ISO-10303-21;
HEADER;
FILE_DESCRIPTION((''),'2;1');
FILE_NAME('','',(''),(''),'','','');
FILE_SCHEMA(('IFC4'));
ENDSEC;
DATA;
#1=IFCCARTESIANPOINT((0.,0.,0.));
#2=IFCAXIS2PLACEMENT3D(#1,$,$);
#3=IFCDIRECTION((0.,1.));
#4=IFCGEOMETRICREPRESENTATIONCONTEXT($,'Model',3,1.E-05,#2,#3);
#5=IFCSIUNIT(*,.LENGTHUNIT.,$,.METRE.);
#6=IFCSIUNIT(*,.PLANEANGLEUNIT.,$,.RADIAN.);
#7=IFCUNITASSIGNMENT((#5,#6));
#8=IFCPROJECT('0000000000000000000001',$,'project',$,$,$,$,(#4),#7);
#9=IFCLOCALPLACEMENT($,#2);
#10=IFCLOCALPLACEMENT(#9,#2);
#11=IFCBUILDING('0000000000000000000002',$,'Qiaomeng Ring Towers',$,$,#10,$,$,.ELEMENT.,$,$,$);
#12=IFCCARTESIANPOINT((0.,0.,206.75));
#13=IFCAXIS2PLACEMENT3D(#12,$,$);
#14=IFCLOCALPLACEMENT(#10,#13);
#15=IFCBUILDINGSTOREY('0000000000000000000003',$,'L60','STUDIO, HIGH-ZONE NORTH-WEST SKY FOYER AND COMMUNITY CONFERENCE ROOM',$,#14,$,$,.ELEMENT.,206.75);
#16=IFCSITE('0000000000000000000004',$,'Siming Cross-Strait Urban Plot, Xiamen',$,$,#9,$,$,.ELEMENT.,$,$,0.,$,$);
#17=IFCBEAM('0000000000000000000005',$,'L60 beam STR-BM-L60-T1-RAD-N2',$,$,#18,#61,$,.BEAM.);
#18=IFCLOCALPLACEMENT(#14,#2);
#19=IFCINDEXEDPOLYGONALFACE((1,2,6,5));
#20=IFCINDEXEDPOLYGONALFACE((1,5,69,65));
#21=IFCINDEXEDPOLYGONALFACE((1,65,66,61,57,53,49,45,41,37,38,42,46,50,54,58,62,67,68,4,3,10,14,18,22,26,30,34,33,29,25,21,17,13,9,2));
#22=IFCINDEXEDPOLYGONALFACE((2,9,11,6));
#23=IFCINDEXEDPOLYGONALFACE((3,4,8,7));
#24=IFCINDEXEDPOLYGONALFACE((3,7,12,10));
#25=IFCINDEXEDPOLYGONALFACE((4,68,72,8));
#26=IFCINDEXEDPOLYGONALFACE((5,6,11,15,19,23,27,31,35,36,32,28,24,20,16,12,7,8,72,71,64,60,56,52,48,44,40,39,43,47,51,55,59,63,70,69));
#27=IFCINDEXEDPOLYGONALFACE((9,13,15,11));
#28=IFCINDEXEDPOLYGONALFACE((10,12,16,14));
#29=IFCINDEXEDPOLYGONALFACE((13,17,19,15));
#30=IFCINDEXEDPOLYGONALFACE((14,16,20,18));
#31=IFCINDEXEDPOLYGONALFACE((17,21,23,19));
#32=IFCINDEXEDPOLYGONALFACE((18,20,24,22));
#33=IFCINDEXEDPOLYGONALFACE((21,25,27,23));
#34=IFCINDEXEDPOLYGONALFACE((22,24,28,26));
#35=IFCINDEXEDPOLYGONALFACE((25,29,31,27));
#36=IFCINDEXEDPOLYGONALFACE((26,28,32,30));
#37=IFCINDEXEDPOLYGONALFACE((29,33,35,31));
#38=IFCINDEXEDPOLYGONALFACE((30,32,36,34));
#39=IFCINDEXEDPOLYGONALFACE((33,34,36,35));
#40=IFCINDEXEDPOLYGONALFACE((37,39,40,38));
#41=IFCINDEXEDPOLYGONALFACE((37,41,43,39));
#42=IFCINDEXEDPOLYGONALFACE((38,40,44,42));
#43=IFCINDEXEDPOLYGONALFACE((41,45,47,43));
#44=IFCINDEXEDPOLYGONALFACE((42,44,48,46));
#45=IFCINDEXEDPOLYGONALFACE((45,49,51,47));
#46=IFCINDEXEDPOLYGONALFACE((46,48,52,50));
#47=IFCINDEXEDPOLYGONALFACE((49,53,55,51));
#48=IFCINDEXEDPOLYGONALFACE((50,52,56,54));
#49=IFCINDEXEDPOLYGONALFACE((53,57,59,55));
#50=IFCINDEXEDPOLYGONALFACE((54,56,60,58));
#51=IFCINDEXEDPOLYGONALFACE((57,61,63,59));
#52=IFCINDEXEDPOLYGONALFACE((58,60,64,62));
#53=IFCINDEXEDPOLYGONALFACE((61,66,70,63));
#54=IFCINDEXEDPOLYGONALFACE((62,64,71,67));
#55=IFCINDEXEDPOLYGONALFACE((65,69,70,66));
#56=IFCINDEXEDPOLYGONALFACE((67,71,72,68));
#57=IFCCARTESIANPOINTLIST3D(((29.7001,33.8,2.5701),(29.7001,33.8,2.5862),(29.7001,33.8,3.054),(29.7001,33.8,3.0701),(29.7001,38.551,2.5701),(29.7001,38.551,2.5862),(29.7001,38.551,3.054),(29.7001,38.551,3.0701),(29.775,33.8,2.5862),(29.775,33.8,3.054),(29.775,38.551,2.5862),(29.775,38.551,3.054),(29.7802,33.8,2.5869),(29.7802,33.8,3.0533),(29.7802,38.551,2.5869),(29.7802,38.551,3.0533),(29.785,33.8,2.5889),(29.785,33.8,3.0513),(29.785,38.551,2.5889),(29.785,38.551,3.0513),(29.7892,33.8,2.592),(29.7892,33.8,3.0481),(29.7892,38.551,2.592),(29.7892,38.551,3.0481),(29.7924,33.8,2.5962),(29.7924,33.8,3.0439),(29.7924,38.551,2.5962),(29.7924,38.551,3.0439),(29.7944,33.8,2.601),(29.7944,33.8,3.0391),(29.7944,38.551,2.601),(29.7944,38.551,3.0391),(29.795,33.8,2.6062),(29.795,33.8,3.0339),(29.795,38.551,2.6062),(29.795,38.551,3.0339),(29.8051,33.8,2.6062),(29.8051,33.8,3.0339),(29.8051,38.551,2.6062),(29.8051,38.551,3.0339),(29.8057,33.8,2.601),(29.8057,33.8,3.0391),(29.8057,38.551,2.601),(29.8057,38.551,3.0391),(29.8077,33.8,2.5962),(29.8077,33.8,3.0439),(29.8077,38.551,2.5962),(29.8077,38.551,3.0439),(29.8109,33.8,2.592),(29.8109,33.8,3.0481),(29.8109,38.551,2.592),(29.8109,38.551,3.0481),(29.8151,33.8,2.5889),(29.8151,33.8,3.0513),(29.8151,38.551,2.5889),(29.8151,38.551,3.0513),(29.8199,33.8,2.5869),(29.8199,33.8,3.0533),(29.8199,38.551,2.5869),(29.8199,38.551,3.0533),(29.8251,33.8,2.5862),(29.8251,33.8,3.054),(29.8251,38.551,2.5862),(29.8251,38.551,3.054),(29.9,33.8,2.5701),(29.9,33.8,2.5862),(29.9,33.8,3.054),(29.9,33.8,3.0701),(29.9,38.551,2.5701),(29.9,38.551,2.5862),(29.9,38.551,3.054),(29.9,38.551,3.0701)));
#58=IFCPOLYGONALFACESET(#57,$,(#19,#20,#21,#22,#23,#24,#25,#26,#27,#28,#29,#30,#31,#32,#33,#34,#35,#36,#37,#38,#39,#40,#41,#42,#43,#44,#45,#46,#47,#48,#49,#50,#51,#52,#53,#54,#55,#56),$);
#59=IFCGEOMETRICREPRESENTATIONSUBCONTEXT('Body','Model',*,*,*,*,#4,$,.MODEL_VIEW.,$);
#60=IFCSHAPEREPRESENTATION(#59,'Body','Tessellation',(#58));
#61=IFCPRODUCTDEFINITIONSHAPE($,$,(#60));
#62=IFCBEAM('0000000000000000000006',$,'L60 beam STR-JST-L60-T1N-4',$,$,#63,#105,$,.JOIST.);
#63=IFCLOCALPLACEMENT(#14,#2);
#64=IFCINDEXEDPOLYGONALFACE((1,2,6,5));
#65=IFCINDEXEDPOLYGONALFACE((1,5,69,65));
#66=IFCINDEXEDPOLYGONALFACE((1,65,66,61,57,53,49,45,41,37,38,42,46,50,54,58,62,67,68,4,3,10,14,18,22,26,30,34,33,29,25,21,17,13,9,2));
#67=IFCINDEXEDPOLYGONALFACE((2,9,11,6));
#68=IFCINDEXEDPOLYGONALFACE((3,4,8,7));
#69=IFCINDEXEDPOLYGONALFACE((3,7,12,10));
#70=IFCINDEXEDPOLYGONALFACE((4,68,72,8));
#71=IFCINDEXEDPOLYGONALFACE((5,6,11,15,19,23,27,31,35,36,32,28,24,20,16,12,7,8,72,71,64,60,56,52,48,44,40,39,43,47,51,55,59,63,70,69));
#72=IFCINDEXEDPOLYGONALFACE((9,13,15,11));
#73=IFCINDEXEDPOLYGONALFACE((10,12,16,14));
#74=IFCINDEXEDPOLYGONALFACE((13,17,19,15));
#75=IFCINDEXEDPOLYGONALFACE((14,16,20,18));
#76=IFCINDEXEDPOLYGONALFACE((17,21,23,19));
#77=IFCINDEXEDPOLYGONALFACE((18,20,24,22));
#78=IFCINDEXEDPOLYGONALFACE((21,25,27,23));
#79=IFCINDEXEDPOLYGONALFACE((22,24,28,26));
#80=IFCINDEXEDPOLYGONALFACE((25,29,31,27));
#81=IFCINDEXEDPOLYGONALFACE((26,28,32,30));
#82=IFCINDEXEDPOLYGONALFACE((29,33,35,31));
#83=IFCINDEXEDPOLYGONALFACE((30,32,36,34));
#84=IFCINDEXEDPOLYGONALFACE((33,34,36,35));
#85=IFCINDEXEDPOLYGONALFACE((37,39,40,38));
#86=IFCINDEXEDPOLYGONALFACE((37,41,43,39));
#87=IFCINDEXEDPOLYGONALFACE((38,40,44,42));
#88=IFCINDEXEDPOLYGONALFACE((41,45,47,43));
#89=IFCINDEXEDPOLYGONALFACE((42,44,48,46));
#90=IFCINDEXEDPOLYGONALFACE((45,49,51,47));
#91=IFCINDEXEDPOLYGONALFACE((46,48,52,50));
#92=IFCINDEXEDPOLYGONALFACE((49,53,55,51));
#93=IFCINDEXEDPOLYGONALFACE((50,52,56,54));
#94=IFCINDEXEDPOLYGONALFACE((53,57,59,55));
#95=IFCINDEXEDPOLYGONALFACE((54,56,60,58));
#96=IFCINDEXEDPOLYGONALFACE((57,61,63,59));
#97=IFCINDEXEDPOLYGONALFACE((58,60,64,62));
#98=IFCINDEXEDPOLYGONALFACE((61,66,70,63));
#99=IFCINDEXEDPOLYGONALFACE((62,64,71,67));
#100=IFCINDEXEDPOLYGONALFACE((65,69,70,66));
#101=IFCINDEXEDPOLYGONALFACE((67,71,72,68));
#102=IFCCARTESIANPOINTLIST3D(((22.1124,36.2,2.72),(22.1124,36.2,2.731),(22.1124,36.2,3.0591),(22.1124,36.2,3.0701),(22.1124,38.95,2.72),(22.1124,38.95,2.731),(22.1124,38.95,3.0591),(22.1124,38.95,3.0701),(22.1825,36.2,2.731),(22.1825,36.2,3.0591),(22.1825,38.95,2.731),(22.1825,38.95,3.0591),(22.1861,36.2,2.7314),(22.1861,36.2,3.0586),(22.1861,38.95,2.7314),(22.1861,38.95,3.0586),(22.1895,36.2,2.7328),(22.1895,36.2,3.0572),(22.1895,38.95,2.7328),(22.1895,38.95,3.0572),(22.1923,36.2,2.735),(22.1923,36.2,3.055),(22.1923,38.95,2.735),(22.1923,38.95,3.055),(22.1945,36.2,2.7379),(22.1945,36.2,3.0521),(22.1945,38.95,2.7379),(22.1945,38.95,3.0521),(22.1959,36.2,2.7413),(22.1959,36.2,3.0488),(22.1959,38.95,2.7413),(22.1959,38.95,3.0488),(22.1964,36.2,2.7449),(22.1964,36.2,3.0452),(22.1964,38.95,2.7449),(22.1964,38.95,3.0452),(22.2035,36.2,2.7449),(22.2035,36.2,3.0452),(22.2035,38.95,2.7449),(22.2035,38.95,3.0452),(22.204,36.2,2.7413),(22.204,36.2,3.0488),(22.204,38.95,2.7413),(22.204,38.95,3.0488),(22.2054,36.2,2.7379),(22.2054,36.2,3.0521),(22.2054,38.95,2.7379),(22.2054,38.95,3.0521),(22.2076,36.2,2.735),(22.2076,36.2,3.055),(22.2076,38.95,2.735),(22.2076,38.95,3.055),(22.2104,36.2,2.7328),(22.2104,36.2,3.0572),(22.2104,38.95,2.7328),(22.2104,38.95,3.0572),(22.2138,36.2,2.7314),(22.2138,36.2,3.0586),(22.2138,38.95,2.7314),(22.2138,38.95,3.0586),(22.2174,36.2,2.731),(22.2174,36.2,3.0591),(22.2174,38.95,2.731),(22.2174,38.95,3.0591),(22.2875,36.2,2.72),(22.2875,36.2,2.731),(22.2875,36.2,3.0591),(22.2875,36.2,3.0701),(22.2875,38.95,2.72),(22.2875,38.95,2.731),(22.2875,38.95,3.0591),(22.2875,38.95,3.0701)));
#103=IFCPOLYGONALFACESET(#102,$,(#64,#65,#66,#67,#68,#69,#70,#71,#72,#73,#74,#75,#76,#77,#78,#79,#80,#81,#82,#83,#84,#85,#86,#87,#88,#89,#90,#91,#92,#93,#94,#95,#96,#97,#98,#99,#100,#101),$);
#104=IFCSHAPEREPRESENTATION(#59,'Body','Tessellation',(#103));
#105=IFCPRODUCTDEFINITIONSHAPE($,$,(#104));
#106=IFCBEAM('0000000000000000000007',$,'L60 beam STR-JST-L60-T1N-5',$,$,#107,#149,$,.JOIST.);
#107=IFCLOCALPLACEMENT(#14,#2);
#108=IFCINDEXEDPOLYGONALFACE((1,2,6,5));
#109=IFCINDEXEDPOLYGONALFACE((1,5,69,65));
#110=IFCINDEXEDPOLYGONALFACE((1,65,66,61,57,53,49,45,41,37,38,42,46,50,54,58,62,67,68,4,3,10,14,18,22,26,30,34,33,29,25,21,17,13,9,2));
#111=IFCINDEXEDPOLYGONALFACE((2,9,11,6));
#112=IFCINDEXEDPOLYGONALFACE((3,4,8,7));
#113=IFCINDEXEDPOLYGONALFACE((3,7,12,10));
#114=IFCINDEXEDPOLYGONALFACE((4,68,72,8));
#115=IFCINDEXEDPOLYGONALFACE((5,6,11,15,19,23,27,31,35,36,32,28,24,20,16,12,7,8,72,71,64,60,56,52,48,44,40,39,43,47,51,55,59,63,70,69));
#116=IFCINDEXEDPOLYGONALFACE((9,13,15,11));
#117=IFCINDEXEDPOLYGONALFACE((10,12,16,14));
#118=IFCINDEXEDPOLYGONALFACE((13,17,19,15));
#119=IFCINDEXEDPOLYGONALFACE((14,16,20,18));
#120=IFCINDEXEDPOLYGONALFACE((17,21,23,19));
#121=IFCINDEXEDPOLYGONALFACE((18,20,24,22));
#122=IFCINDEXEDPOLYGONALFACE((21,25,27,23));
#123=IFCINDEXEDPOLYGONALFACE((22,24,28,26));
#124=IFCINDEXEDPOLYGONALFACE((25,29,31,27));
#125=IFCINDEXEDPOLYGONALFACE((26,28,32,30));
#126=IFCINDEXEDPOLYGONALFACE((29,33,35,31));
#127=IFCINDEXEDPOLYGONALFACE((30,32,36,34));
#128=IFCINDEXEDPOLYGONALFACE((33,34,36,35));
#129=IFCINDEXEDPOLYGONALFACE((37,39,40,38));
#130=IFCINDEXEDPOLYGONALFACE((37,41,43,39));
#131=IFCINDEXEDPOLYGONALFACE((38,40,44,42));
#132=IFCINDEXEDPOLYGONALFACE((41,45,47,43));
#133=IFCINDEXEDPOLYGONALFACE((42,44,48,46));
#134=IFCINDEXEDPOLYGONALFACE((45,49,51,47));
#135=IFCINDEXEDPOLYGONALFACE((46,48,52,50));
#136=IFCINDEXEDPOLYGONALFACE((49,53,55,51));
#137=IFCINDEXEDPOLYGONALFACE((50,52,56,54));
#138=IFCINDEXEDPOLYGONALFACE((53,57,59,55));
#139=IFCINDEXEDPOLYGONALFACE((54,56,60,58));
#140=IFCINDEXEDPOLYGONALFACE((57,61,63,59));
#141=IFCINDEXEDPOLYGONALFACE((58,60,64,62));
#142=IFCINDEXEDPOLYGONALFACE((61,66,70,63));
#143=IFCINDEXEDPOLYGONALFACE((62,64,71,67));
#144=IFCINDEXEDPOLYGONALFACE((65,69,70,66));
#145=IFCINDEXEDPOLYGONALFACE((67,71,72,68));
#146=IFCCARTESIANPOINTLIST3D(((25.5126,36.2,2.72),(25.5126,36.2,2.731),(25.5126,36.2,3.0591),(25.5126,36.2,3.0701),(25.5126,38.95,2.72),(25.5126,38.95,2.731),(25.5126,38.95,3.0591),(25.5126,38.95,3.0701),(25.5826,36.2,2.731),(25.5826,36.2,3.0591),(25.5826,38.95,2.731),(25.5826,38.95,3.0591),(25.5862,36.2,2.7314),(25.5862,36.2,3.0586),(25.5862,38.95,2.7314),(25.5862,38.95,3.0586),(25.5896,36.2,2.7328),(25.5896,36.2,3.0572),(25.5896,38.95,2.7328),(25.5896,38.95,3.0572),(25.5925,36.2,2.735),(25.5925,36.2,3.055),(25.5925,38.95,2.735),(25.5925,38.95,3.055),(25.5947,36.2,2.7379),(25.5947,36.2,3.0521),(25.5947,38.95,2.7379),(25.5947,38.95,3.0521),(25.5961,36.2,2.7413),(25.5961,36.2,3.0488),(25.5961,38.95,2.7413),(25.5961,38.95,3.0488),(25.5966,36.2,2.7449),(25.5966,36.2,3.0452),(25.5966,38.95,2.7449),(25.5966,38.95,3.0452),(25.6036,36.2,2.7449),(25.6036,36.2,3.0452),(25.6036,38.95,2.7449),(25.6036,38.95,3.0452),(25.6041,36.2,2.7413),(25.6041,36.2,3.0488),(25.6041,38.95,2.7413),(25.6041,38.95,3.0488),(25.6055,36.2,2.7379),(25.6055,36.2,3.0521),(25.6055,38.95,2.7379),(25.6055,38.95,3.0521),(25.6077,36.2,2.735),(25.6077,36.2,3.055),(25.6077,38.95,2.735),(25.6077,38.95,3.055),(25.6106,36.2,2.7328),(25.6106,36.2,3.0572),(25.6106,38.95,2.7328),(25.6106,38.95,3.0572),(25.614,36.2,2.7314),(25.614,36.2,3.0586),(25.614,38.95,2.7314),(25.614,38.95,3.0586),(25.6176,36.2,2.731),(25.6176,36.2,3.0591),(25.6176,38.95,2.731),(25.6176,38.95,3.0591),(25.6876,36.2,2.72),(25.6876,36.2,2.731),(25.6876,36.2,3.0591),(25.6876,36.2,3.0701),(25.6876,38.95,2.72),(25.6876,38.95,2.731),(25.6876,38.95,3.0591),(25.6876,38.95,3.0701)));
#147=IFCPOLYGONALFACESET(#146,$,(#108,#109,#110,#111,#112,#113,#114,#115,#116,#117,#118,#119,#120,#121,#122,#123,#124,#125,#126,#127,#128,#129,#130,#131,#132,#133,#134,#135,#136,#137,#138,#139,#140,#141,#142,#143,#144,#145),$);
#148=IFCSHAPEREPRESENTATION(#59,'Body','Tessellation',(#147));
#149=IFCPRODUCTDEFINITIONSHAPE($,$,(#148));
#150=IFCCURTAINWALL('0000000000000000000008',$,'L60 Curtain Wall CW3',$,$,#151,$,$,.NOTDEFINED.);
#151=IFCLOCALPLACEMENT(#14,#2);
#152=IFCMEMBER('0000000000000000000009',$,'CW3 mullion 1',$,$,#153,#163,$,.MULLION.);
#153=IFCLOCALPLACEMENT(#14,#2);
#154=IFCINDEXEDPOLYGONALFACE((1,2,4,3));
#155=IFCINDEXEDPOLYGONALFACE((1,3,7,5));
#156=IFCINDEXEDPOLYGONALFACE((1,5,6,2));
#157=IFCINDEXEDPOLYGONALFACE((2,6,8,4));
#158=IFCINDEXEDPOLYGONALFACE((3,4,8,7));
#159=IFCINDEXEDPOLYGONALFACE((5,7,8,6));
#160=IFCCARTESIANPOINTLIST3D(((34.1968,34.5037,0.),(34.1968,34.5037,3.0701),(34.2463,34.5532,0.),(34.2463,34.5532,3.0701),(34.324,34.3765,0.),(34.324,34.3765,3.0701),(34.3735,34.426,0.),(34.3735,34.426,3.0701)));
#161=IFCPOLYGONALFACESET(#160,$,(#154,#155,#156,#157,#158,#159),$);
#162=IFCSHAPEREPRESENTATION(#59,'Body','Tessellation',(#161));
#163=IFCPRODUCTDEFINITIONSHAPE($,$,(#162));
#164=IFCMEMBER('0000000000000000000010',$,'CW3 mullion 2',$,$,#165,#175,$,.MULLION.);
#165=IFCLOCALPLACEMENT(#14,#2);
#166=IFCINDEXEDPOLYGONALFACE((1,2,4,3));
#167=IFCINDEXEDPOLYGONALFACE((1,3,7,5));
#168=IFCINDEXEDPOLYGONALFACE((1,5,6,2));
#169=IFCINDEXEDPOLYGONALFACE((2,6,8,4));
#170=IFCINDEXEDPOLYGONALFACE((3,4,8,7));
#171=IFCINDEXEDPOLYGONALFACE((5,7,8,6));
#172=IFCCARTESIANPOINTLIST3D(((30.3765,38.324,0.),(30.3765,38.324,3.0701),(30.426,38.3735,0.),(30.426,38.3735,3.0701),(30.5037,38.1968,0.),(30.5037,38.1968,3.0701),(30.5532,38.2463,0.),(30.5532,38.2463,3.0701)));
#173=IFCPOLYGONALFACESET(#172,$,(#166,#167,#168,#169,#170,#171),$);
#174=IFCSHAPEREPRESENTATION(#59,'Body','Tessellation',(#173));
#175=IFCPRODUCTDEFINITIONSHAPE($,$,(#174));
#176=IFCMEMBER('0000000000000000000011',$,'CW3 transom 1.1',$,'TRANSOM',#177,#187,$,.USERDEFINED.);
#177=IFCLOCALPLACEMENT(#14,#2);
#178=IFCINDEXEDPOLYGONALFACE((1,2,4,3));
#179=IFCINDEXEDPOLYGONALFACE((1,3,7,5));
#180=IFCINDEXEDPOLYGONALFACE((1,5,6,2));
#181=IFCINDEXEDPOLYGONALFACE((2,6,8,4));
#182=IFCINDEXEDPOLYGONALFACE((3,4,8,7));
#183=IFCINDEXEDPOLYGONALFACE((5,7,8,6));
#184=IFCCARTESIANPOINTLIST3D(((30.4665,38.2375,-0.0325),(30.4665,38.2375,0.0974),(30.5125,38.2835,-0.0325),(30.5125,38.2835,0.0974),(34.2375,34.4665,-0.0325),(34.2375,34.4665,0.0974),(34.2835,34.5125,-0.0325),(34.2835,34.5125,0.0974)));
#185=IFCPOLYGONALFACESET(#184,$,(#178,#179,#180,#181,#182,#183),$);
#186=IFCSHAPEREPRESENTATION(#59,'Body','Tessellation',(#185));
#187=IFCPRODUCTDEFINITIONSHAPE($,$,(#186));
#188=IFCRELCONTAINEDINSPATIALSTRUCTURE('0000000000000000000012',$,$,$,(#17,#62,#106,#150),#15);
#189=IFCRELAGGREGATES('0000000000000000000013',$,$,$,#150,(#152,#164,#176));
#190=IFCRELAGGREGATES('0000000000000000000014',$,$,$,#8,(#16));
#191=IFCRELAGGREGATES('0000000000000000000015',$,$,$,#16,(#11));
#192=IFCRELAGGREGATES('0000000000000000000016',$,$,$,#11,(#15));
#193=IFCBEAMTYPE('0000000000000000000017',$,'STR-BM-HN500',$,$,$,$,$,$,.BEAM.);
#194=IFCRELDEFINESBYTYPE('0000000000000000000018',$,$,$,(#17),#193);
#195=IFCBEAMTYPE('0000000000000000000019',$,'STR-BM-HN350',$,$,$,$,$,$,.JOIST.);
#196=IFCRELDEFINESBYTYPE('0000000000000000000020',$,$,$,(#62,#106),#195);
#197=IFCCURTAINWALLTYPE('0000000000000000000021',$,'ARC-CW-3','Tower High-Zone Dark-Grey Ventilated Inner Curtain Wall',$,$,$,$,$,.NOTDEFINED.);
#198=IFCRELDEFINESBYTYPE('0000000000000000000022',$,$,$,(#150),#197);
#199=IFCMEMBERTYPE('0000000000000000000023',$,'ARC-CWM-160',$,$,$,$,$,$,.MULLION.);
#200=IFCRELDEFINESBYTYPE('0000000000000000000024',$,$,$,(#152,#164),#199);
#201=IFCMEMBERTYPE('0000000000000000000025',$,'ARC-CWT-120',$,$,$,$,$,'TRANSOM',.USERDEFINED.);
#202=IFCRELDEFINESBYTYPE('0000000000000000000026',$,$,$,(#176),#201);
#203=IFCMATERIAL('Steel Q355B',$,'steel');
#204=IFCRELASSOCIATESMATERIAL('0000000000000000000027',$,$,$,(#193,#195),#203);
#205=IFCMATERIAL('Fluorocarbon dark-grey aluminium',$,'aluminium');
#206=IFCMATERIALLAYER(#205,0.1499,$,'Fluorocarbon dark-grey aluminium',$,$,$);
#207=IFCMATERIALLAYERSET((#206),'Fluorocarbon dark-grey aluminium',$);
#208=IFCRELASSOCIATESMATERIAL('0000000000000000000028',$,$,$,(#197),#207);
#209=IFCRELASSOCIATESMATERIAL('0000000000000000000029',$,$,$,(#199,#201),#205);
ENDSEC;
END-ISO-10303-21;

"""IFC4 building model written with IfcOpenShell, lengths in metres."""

from ifc_helpers import new_model, si_unit, direction, frame, origin, origin_2d, place, context, subcontext, project, spatial, rectangle, i_section, extrude, source, transform, mapped, material, layer, layer_set, material_profile, profile_set, type_object, element, aggregate, save


model = new_model("IFC4")

# Units and contexts
model_context = context("Model", 3, precision=1e-05, world=origin(), true_north=direction((0.0, 1.0)))
body_context = subcontext(model_context, "Body", "Model", "MODEL_VIEW")
ifc_project = project(units=[si_unit("LENGTHUNIT", "METRE"), si_unit("PLANEANGLEUNIT", "RADIAN")], contexts=[model_context])

# Site, building, storey
site_placement = place(None, origin())
site = spatial("IfcSite", under=ifc_project, at=site_placement, Name="Siming Cross-Strait Urban Plot, Xiamen", CompositionType="ELEMENT", RefElevation=0.0)
building_placement = place(site_placement, origin())
building = spatial("IfcBuilding", under=site, at=building_placement, Name="Qiaomeng Ring Towers", CompositionType="ELEMENT")
storey_placement = place(building_placement, frame((0.0, 0.0, 206.75)))
storey = spatial("IfcBuildingStorey", under=building, at=storey_placement, Name="L60", Description="STUDIO, HIGH-ZONE NORTH-WEST SKY FOYER AND COMMUNITY CONFERENCE ROOM", CompositionType="ELEMENT", Elevation=206.75)

# Beams
ifc_material_1 = material(Name="Steel Q355B", Category="steel")
ifc_material_profile_1 = material_profile(ifc_material_1, i_section(OverallWidth=0.2, OverallDepth=0.5, WebThickness=0.01, FlangeThickness=0.0161, FilletRadius=0.02, at=origin_2d()), Name="HN 500x200x10x16")
ifc_profile_set_1 = profile_set([ifc_material_profile_1], Name="Steel Q355B")
beam_type_1 = type_object("IfcBeamType", Name="STR-BM-HN500", PredefinedType="BEAM", material=ifc_profile_set_1)
shared_shape_1 = source(origin(), body_context, "Body", "SweptSolid", [
    extrude(i_section(OverallWidth=0.2, OverallDepth=0.5, WebThickness=0.01, FlangeThickness=0.0161, FilletRadius=0.02, at=origin_2d()), origin(), (0.0, 0.0, 1.0), 4.751),
])
beam_1_placement = place(storey_placement, frame((29.8, 38.551, 2.8201), z_axis=(0.0, -1.0, 0.0), x_axis=(1.0, 0.0, 0.0)))
element("IfcBeam", 1, at=beam_1_placement, inside=storey, type_object=beam_type_1, Name="L60 beam STR-BM-L60-T1-RAD-N2", PredefinedType="BEAM", context=body_context, shape_type="MappedRepresentation", body=[
    mapped(shared_shape_1, transform((0.0, 0.0, 0.0), x_axis=(1.0, 0.0, 0.0), y_axis=(0.0, 1.0, 0.0), z_axis=(0.0, 0.0, 1.0), scale=1.0)),
])
ifc_material_profile_2 = material_profile(ifc_material_1, i_section(OverallWidth=0.175, OverallDepth=0.3501, WebThickness=0.0071, FlangeThickness=0.011, FilletRadius=0.0139, at=origin_2d()), Name="HN 350x175x7x11")
ifc_profile_set_2 = profile_set([ifc_material_profile_2], Name="Steel Q355B")
beam_type_2 = type_object("IfcBeamType", Name="STR-BM-HN350", PredefinedType="JOIST", material=ifc_profile_set_2)
shared_shape_2 = source(origin(), body_context, "Body", "SweptSolid", [
    extrude(i_section(OverallWidth=0.175, OverallDepth=0.3501, WebThickness=0.0071, FlangeThickness=0.011, FilletRadius=0.0139, at=origin_2d()), origin(), (0.0, 0.0, 1.0), 2.75),
])
for number, where, z_axis, x_axis, name in (
    (2, (22.2, 36.2, 2.895), (0.0, 1.0, 0.0), (-1.0, 0.0, 0.0), "L60 beam STR-JST-L60-T1N-4"),
    (3, (25.6001, 36.2, 2.895), (0.0, 1.0, 0.0), (-1.0, 0.0, 0.0), "L60 beam STR-JST-L60-T1N-5"),
):
    element("IfcBeam", number, at=place(storey_placement, frame(where, z_axis=z_axis, x_axis=x_axis)), inside=storey, type_object=beam_type_2, Name=name, PredefinedType="JOIST", context=body_context, shape_type="MappedRepresentation", body=[
        mapped(shared_shape_2, transform((0.0, 0.0, 0.0), x_axis=(1.0, 0.0, 0.0), y_axis=(0.0, 1.0, 0.0), z_axis=(0.0, 0.0, 1.0), scale=1.0)),
    ])

# Curtain wall, members
ifc_material_2 = material(Name="Fluorocarbon dark-grey aluminium", Category="aluminium")
ifc_layer_1 = layer(ifc_material_2, 0.1499, Name="Fluorocarbon dark-grey aluminium")
ifc_layer_set_1 = layer_set([ifc_layer_1], Name="Fluorocarbon dark-grey aluminium")
curtain_wall_type = type_object("IfcCurtainWallType", Name="ARC-CW-3", Description="Tower High-Zone Dark-Grey Ventilated Inner Curtain Wall", PredefinedType="NOTDEFINED", material=ifc_layer_set_1)
curtain_wall_placement = place(storey_placement, origin())
curtain_wall = element("IfcCurtainWall", 4, at=curtain_wall_placement, inside=storey, type_object=curtain_wall_type, Name="L60 Curtain Wall CW3", PredefinedType="NOTDEFINED")
ifc_material_profile_3 = material_profile(ifc_material_2, rectangle(XDim=0.0701, YDim=0.1799, at=origin_2d()), Name="ALU MULL 70x180")
ifc_profile_set_3 = profile_set([ifc_material_profile_3], Name="Fluorocarbon dark-grey aluminium")
member_type_1 = type_object("IfcMemberType", Name="ARC-CWM-160", PredefinedType="MULLION", material=ifc_profile_set_3)
shared_shape_3 = source(origin(), body_context, "Body", "SweptSolid", [
    extrude(rectangle(XDim=0.0701, YDim=0.1799, at=origin_2d()), origin(), (0.0, 0.0, 1.0), 3.0701),
])
member_1_placement = place(storey_placement, frame((34.2852, 34.4648, 0.0), z_axis=(0.0, 0.0, 1.0), x_axis=(-0.707107, -0.707107, 0.0)))
member_1 = element("IfcMember", 5, at=member_1_placement, type_object=member_type_1, Name="CW3 mullion 1", PredefinedType="MULLION", context=body_context, shape_type="MappedRepresentation", body=[
    mapped(shared_shape_3, transform((0.0, 0.0, 0.0), x_axis=(1.0, 0.0, 0.0), y_axis=(0.0, 1.0, 0.0), z_axis=(0.0, 0.0, 1.0), scale=1.0)),
])
member_2_placement = place(storey_placement, frame((30.4648, 38.2852, 0.0), z_axis=(0.0, 0.0, 1.0), x_axis=(-0.707107, -0.707107, 0.0)))
member_2 = element("IfcMember", 6, at=member_2_placement, type_object=member_type_1, Name="CW3 mullion 2", PredefinedType="MULLION", context=body_context, shape_type="MappedRepresentation", body=[
    mapped(shared_shape_3, transform((0.0, 0.0, 0.0), x_axis=(1.0, 0.0, 0.0), y_axis=(0.0, 1.0, 0.0), z_axis=(0.0, 0.0, 1.0), scale=1.0)),
])
ifc_material_profile_4 = material_profile(ifc_material_2, rectangle(XDim=0.0649, YDim=0.1299, at=origin_2d()), Name="ALU TRAN 65x130")
ifc_profile_set_4 = profile_set([ifc_material_profile_4], Name="Fluorocarbon dark-grey aluminium")
member_type_2 = type_object("IfcMemberType", Name="ARC-CWT-120", ElementType="TRANSOM", PredefinedType="USERDEFINED", material=ifc_profile_set_4)
shared_shape_4 = source(origin(), body_context, "Body", "SweptSolid", [
    extrude(rectangle(XDim=0.0649, YDim=0.1299, at=origin_2d()), origin(), (0.0, 0.0, 1.0), 5.333),
])
member_3_placement = place(storey_placement, frame((34.2605, 34.4895, 0.0325), z_axis=(-0.707107, 0.707107, 0.0), x_axis=(-0.707107, -0.707107, 0.0)))
member_3 = element("IfcMember", 7, at=member_3_placement, type_object=member_type_2, Name="CW3 transom 1.1", ObjectType="TRANSOM", PredefinedType="USERDEFINED", context=body_context, shape_type="MappedRepresentation", body=[
    mapped(shared_shape_4, transform((0.0, 0.0, 0.0), x_axis=(1.0, 0.0, 0.0), y_axis=(0.0, 1.0, 0.0), z_axis=(0.0, 0.0, 1.0), scale=1.0)),
])
aggregate(curtain_wall, [member_1, member_2, member_3])

save(model, "model.ifc")
